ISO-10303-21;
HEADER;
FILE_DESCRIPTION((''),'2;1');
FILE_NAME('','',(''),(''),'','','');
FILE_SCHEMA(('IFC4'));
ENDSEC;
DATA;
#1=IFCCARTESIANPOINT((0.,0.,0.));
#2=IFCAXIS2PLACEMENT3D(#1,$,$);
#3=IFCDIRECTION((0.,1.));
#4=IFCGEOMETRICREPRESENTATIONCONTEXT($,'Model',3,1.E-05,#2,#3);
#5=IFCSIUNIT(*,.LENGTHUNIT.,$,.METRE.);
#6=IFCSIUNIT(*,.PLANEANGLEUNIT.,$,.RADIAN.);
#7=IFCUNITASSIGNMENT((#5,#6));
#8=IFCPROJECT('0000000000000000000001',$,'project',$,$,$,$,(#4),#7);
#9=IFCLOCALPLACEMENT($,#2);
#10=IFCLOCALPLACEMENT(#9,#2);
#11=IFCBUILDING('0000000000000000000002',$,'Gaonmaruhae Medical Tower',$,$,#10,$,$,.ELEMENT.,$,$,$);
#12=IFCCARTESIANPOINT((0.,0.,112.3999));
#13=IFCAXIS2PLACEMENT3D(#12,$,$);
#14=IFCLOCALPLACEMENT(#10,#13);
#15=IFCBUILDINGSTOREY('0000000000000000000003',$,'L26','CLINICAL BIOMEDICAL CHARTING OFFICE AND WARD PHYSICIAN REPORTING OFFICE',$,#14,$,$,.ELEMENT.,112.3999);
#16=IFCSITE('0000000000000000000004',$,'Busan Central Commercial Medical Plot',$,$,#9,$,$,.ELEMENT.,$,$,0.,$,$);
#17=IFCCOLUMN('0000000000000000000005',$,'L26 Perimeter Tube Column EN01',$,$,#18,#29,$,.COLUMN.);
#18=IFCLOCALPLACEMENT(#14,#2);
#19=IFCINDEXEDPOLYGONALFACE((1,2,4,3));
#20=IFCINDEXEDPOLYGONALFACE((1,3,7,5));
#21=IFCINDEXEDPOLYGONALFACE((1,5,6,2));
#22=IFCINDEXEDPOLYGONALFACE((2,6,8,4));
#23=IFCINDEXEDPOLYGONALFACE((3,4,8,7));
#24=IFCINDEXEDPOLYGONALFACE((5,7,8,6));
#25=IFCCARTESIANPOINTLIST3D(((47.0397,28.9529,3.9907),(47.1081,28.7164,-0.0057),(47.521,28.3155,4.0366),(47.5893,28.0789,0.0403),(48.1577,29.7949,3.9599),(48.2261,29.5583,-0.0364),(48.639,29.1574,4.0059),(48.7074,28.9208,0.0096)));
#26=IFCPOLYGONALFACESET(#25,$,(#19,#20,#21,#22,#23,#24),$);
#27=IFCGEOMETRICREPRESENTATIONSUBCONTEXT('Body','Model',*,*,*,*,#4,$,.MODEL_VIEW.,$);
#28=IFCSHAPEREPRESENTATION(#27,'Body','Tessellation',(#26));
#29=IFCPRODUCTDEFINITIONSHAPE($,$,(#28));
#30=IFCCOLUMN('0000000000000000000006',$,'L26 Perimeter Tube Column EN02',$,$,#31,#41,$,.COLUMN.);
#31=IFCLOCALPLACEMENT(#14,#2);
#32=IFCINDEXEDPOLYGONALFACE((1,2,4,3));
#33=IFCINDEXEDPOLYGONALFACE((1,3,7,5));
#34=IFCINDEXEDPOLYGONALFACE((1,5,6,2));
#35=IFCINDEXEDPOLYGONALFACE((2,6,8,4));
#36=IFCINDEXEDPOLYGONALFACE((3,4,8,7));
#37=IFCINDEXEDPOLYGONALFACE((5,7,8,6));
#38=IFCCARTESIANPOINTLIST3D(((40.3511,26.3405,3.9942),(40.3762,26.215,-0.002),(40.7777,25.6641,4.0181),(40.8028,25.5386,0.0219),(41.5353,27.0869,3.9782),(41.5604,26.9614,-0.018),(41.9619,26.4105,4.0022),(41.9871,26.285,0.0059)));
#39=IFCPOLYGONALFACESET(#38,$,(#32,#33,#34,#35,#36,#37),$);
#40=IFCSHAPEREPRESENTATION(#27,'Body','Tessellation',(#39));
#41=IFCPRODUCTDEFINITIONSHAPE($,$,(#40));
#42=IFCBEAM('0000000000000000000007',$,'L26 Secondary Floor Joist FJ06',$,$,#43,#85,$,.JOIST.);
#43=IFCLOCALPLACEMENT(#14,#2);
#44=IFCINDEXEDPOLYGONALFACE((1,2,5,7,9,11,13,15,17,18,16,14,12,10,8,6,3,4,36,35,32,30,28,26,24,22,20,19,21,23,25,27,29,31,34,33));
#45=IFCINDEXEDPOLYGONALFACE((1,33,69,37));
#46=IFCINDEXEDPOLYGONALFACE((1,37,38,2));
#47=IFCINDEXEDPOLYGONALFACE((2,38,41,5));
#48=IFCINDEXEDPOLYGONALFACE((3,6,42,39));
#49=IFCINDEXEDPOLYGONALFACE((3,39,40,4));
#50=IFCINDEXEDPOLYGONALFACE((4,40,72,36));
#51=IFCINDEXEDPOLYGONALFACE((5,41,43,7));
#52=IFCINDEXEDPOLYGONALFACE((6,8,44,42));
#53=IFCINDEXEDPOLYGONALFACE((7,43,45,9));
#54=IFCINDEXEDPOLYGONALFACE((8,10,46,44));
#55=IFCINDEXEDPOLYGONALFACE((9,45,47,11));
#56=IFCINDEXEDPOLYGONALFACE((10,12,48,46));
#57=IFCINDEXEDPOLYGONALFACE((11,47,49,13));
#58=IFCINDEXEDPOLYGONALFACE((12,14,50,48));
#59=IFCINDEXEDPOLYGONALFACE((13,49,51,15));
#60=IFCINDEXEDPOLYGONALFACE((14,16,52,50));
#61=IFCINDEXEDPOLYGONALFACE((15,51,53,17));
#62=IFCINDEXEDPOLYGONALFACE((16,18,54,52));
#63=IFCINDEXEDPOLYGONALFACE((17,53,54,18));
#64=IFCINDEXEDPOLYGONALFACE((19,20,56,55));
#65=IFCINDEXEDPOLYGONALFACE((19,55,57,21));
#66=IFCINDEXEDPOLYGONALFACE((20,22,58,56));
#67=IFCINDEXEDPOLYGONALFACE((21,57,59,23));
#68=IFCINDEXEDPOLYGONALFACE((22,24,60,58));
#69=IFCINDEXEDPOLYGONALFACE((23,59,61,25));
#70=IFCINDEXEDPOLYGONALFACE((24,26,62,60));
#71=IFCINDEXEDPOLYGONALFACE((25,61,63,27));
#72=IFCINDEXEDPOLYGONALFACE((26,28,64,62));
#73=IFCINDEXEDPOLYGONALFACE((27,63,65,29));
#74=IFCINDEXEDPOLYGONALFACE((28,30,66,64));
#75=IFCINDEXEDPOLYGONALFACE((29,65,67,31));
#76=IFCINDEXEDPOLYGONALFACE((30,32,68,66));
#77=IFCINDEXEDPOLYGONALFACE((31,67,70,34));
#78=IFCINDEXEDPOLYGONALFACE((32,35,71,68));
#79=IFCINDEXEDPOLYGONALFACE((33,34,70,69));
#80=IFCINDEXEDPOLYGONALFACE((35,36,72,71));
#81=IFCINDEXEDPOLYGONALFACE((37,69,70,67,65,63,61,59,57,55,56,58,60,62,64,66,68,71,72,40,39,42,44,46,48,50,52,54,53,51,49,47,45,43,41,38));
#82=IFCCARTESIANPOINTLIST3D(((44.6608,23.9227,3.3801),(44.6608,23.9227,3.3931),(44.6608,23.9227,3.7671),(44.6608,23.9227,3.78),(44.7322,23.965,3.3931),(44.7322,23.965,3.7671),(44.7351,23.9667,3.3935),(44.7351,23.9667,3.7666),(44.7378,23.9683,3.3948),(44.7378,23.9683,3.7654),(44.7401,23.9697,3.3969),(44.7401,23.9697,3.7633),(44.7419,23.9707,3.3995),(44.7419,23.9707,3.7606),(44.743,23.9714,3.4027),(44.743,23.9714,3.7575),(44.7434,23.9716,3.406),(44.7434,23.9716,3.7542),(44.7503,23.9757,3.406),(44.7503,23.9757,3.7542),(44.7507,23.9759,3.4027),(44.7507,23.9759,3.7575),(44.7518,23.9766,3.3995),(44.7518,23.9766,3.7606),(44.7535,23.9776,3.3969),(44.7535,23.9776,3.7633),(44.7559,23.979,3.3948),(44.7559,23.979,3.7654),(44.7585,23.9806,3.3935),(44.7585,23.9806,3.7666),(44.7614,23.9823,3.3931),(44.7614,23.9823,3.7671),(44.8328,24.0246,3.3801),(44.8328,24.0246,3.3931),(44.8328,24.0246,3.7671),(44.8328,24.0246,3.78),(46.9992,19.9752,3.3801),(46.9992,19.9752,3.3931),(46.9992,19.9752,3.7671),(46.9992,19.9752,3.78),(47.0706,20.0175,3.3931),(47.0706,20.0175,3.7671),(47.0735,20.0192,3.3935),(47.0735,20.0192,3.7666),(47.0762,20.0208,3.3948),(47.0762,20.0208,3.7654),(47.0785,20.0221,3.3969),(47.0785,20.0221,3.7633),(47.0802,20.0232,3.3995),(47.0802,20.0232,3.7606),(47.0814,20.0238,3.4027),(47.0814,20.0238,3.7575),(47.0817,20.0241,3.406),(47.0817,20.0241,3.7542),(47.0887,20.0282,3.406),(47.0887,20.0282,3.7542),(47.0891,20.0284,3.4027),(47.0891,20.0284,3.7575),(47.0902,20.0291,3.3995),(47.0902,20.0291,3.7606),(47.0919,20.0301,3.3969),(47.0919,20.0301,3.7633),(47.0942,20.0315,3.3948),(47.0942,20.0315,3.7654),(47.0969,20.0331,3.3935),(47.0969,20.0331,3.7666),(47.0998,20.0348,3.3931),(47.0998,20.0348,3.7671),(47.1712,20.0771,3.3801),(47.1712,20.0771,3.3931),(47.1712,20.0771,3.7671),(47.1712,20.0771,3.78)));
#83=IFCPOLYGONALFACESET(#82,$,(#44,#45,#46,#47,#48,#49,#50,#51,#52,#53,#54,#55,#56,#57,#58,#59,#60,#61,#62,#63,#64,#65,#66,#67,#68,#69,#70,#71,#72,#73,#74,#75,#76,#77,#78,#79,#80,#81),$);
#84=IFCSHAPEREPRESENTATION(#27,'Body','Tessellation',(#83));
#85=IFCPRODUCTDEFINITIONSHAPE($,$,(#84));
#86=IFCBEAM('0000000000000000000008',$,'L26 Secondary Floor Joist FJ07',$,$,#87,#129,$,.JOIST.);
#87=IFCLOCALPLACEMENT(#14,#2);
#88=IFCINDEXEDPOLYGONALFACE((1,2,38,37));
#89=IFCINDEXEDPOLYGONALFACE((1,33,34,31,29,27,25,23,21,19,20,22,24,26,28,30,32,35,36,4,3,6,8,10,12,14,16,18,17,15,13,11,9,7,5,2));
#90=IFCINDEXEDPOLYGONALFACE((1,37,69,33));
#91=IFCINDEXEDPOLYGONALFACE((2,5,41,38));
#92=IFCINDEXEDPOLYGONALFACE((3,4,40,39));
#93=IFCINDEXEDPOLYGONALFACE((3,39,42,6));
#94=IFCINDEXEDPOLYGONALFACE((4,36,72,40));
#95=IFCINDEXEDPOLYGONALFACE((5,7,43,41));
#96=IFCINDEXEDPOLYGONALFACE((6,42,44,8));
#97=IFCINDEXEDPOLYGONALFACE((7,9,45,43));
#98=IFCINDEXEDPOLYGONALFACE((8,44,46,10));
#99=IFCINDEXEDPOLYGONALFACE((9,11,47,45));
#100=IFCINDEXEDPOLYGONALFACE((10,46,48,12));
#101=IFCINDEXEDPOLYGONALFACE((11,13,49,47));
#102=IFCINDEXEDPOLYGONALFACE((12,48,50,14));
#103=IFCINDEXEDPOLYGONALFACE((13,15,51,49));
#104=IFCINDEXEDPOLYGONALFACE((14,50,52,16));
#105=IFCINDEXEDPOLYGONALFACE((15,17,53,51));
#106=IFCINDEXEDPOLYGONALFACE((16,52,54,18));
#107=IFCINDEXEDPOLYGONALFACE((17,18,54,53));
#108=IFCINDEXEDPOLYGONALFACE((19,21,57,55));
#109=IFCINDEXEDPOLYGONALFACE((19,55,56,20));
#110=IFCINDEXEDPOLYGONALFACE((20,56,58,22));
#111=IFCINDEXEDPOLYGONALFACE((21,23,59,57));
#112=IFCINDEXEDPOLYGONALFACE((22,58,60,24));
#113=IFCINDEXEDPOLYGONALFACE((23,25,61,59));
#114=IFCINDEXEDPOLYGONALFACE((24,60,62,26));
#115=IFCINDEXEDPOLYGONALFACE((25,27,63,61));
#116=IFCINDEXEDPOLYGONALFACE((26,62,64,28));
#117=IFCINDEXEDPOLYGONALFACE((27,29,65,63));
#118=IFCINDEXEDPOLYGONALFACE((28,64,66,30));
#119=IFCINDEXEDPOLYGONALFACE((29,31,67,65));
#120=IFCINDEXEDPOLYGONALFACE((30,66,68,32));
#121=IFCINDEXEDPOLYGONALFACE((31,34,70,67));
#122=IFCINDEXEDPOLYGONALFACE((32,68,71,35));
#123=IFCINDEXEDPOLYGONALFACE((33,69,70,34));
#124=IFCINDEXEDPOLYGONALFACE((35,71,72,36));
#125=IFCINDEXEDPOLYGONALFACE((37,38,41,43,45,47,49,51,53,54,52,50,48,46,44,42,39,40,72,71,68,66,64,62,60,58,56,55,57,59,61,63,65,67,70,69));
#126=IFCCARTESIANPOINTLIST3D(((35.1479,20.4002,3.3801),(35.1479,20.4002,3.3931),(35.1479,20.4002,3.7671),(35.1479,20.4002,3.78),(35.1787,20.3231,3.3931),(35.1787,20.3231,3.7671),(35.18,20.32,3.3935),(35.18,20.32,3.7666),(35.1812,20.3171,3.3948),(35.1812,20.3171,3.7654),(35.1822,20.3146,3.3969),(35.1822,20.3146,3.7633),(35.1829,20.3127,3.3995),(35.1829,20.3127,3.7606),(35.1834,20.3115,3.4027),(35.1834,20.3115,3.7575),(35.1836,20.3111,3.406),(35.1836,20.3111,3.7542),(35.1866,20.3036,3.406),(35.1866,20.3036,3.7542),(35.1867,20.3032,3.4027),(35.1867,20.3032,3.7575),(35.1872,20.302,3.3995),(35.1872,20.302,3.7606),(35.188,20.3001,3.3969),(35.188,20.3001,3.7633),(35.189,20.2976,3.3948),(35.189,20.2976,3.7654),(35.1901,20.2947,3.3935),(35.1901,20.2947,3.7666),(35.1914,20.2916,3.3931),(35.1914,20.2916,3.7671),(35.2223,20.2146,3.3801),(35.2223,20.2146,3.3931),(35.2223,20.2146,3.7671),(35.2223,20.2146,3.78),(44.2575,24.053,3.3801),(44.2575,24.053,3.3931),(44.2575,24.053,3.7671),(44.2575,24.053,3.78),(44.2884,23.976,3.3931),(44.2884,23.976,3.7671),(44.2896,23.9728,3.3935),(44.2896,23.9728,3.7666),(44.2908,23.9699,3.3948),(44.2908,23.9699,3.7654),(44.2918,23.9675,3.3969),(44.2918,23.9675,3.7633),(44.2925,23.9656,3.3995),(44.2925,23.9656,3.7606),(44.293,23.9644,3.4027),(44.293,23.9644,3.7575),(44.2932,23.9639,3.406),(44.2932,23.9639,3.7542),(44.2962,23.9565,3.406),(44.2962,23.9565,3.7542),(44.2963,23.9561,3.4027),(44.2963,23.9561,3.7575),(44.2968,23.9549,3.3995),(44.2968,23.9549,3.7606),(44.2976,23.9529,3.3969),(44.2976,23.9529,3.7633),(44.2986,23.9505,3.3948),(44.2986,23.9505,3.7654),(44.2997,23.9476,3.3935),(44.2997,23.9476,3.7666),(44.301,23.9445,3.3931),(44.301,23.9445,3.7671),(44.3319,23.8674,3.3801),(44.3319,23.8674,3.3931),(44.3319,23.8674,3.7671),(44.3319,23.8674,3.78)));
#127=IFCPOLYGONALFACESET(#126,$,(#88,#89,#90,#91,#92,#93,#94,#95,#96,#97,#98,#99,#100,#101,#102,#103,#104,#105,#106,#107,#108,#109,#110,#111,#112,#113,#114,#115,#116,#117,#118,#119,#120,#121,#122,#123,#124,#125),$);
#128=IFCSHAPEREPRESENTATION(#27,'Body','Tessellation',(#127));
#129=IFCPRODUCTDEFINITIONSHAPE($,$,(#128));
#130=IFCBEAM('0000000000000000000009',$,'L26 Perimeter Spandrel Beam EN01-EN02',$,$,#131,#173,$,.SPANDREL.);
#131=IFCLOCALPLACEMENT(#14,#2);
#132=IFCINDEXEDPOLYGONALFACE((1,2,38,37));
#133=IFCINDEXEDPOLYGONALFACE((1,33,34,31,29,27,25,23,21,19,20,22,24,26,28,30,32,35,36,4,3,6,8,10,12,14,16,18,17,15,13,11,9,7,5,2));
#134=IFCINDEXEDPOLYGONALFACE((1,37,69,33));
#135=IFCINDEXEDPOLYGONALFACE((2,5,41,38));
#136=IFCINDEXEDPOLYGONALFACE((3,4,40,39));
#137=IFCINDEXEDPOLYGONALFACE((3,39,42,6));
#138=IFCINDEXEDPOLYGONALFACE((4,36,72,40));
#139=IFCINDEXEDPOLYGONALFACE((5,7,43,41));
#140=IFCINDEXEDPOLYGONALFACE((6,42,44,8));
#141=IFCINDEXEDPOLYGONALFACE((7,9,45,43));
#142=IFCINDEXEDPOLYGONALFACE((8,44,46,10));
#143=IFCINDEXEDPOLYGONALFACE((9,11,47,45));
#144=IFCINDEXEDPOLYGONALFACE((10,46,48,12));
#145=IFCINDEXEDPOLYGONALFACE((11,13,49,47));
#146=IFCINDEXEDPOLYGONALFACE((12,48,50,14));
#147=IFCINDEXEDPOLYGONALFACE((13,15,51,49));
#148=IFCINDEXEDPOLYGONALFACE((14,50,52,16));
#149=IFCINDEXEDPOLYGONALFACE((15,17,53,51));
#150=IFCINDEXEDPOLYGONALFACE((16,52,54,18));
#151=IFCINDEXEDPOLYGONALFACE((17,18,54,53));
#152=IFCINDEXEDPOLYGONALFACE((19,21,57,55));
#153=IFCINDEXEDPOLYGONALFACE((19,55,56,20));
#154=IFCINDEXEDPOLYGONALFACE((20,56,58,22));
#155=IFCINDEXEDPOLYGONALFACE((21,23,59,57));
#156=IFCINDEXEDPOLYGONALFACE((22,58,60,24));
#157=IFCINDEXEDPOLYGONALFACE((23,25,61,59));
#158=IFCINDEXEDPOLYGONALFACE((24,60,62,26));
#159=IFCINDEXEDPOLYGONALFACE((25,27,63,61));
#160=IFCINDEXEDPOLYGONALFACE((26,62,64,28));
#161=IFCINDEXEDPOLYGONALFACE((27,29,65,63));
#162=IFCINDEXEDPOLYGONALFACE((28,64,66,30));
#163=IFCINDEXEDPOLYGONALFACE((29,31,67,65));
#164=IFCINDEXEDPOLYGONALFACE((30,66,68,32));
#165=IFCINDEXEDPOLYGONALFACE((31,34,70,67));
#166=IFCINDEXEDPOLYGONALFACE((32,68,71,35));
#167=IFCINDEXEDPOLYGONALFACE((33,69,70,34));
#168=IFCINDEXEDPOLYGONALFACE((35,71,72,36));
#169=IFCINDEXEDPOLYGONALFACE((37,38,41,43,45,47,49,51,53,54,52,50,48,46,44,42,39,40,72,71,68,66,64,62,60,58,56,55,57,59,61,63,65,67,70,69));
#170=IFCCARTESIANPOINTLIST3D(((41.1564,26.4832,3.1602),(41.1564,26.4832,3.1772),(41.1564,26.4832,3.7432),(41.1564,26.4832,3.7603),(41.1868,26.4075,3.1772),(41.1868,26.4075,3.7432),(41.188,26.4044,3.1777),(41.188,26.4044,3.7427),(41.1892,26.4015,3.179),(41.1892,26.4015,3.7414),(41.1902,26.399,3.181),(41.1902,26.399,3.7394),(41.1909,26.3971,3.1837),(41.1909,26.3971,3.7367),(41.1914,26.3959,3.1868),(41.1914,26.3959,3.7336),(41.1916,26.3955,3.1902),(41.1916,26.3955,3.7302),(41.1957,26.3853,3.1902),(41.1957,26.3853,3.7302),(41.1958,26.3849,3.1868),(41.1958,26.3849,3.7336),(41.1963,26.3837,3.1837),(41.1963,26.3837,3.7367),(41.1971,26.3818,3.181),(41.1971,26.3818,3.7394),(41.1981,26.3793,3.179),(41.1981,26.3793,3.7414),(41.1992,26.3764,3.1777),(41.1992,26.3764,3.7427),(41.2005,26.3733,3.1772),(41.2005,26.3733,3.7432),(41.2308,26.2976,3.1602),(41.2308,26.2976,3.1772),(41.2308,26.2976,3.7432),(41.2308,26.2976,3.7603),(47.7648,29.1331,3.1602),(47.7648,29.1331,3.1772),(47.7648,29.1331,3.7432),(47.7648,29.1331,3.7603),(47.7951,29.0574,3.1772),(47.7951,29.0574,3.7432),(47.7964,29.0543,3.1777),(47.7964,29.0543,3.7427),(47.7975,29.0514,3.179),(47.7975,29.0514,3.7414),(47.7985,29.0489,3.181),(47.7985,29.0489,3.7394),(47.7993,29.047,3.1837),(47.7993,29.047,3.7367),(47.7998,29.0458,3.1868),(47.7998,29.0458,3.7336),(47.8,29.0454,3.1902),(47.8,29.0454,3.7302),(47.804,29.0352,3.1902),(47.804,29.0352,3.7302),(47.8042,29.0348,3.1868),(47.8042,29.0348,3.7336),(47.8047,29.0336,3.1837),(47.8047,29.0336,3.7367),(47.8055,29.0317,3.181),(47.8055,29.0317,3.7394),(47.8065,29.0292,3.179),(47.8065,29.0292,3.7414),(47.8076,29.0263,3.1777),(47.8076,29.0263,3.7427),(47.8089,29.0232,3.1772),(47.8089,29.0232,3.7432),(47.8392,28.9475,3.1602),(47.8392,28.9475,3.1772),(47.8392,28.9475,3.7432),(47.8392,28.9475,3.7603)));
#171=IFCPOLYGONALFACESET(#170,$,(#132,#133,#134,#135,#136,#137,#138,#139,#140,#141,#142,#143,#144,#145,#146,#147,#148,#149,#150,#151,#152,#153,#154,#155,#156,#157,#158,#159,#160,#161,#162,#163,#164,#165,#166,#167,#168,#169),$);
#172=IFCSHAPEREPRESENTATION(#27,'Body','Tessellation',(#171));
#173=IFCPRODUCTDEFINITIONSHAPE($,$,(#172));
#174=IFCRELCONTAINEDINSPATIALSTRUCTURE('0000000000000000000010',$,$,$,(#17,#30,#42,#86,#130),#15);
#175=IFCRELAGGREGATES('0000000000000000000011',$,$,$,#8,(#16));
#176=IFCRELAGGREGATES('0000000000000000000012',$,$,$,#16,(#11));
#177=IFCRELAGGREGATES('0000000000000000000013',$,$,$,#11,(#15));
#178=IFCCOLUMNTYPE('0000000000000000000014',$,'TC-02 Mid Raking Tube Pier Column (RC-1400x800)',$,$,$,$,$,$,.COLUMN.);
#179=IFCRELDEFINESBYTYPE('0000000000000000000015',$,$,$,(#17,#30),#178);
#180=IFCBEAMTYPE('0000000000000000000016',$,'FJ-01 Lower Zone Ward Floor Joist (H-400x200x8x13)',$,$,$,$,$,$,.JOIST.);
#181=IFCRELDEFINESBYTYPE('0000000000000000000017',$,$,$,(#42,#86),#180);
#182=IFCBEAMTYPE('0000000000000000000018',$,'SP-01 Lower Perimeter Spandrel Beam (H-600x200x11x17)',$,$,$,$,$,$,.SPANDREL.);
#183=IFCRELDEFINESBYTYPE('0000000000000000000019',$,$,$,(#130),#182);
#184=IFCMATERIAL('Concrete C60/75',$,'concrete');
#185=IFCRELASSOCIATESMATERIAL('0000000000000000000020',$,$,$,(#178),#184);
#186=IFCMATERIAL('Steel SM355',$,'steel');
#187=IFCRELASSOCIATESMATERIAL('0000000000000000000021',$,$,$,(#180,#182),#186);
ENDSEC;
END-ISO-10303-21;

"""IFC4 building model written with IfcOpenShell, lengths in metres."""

from ifc_helpers import new_model, si_unit, direction, frame, origin, origin_2d, place, context, subcontext, project, spatial, rectangle, i_section, extrude, material, material_profile, profile_set, type_object, element, save


model = new_model("IFC4")

# Units and contexts
model_context = context("Model", 3, precision=1e-05, world=origin(), true_north=direction((0.0, 1.0)))
body_context = subcontext(model_context, "Body", "Model", "MODEL_VIEW")
ifc_project = project(units=[si_unit("LENGTHUNIT", "METRE"), si_unit("PLANEANGLEUNIT", "RADIAN")], contexts=[model_context])

# Site, building, storey
site_placement = place(None, origin())
site = spatial("IfcSite", under=ifc_project, at=site_placement, Name="Busan Central Commercial Medical Plot", CompositionType="ELEMENT", RefElevation=0.0)
building_placement = place(site_placement, origin())
building = spatial("IfcBuilding", under=site, at=building_placement, Name="Gaonmaruhae Medical Tower", CompositionType="ELEMENT")
storey_placement = place(building_placement, frame((0.0, 0.0, 112.3999)))
storey = spatial("IfcBuildingStorey", under=building, at=storey_placement, Name="L26", Description="CLINICAL BIOMEDICAL CHARTING OFFICE AND WARD PHYSICIAN REPORTING OFFICE", CompositionType="ELEMENT", Elevation=112.3999)

# Columns
ifc_material_1 = material(Name="Concrete C60/75", Category="concrete")
ifc_material_profile_1 = material_profile(ifc_material_1, rectangle(XDim=1.3999, YDim=0.8, at=origin_2d()), Name="RC-1400x800")
ifc_profile_set_1 = profile_set([ifc_material_profile_1], Name="Concrete C60/75")
column_type = type_object("IfcColumnType", Name="TC-02 Mid Raking Tube Pier Column (RC-1400x800)", PredefinedType="COLUMN", material=ifc_profile_set_1)
column_1_placement = place(storey_placement, frame((47.9077, 28.8186, 0.002), z_axis=(-0.017073, 0.059085, 0.998107), x_axis=(-0.798644, -0.601404, 0.02194)))
element("IfcColumn", 1, at=column_1_placement, inside=storey, type_object=column_type, Name="L26 Perimeter Tube Column EN01", PredefinedType="COLUMN", context=body_context, shape_type="SweptSolid", body=[
    extrude(rectangle(XDim=1.3999, YDim=0.8, at=origin_2d()), origin(), (0.0, 0.0, 1.0), 4.0039),
])
column_2_placement = place(storey_placement, frame((41.1816, 26.25, 0.002), z_axis=(-0.006289, 0.031385, 0.999488), x_axis=(-0.845937, -0.53316, 0.011419)))
element("IfcColumn", 2, at=column_2_placement, inside=storey, type_object=column_type, Name="L26 Perimeter Tube Column EN02", PredefinedType="COLUMN", context=body_context, shape_type="SweptSolid", body=[
    extrude(rectangle(XDim=1.3999, YDim=0.8, at=origin_2d()), origin(), (0.0, 0.0, 1.0), 3.9983),
])

# Beams
ifc_material_2 = material(Name="Steel SM355", Category="steel")
ifc_material_profile_2 = material_profile(ifc_material_2, i_section(OverallWidth=0.2, OverallDepth=0.3999, WebThickness=0.0081, FlangeThickness=0.0129, FilletRadius=0.0129, at=origin_2d()), Name="H-400x200x8x13")
ifc_profile_set_2 = profile_set([ifc_material_profile_2], Name="Steel SM355")
beam_type_1 = type_object("IfcBeamType", Name="FJ-01 Lower Zone Ward Floor Joist (H-400x200x8x13)", PredefinedType="JOIST", material=ifc_profile_set_2)
beam_1_placement = place(storey_placement, frame((47.0852, 20.0261, 3.5801), z_axis=(-0.509659, 0.860376, 0.0), x_axis=(-0.860376, -0.509659, 0.0)))
element("IfcBeam", 3, at=beam_1_placement, inside=storey, type_object=beam_type_1, Name="L26 Secondary Floor Joist FJ06", PredefinedType="JOIST", context=body_context, shape_type="SweptSolid", body=[
    extrude(i_section(OverallWidth=0.2, OverallDepth=0.3999, WebThickness=0.0081, FlangeThickness=0.0129, FilletRadius=0.0129, at=origin_2d()), origin(), (0.0, 0.0, 1.0), 4.5881),
])
beam_2_placement = place(storey_placement, frame((44.2947, 23.9602, 3.5801), z_axis=(-0.928161, -0.37218, 0.0), x_axis=(0.37218, -0.928161, 0.0)))
element("IfcBeam", 4, at=beam_2_placement, inside=storey, type_object=beam_type_1, Name="L26 Secondary Floor Joist FJ07", PredefinedType="JOIST", context=body_context, shape_type="SweptSolid", body=[
    extrude(i_section(OverallWidth=0.2, OverallDepth=0.3999, WebThickness=0.0081, FlangeThickness=0.0129, FilletRadius=0.0129, at=origin_2d()), origin(), (0.0, 0.0, 1.0), 9.8147),
])
ifc_material_profile_3 = material_profile(ifc_material_2, i_section(OverallWidth=0.2, OverallDepth=0.6001, WebThickness=0.011, FlangeThickness=0.0171, FilletRadius=0.0129, at=origin_2d()), Name="H-600x200x11x17")
ifc_profile_set_3 = profile_set([ifc_material_profile_3], Name="Steel SM355")
beam_type_2 = type_object("IfcBeamType", Name="SP-01 Lower Perimeter Spandrel Beam (H-600x200x11x17)", PredefinedType="SPANDREL", material=ifc_profile_set_3)
beam_3_placement = place(storey_placement, frame((47.802, 29.0403, 3.4602), z_axis=(-0.928159, -0.372183, 0.0), x_axis=(0.372183, -0.928159, 0.0)))
element("IfcBeam", 5, at=beam_3_placement, inside=storey, type_object=beam_type_2, Name="L26 Perimeter Spandrel Beam EN01-EN02", PredefinedType="SPANDREL", context=body_context, shape_type="SweptSolid", body=[
    extrude(i_section(OverallWidth=0.2, OverallDepth=0.6001, WebThickness=0.011, FlangeThickness=0.0171, FilletRadius=0.0129, at=origin_2d()), origin(), (0.0, 0.0, 1.0), 7.1199),
])

save(model, "model.ifc")
